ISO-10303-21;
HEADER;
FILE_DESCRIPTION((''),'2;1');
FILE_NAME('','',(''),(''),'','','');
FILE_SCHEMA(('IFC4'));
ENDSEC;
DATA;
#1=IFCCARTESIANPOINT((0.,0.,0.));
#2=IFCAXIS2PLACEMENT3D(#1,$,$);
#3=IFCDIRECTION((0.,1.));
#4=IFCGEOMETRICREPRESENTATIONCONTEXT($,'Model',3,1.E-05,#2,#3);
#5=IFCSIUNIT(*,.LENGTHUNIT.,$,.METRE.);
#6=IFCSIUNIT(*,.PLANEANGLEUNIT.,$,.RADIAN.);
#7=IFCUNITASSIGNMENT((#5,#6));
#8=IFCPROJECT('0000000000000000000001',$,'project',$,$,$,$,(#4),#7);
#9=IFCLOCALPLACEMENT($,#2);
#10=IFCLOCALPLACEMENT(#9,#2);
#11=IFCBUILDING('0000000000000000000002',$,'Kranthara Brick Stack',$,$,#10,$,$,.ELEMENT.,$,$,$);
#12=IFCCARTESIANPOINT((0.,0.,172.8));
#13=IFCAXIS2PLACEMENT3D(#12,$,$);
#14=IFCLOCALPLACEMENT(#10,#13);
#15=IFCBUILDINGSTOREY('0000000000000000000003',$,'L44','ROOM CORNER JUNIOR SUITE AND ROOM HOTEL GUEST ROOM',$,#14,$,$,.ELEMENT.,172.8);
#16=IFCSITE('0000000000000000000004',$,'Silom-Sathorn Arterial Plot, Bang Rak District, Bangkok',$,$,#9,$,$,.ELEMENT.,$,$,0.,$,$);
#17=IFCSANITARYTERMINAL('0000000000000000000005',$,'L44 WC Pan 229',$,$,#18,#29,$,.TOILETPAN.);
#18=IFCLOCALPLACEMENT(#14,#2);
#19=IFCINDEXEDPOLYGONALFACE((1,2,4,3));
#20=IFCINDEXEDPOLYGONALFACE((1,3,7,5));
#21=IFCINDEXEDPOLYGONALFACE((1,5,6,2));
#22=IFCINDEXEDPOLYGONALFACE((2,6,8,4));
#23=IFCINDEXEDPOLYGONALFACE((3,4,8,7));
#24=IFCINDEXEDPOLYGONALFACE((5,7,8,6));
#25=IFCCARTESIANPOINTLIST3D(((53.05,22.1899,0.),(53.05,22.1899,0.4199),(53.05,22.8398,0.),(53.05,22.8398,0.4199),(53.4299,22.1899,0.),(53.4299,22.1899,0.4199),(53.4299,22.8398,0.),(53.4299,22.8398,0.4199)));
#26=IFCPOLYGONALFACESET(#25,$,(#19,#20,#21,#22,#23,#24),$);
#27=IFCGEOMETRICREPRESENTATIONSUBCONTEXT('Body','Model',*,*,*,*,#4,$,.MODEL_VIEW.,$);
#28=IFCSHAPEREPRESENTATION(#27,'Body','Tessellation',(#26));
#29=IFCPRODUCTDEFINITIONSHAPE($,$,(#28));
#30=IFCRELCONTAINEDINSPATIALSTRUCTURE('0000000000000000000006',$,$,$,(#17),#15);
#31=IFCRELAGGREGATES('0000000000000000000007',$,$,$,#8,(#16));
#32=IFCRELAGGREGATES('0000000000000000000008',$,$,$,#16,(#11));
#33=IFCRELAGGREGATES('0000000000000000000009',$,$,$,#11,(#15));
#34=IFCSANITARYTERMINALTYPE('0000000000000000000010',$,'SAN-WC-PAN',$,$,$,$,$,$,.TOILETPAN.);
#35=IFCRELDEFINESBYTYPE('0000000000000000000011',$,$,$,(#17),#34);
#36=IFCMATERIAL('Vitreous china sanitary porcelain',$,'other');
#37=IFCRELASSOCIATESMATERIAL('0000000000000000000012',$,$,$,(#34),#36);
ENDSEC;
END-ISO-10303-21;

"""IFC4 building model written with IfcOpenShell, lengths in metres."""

from ifc_helpers import new_model, si_unit, direction, frame, origin, origin_2d, place, context, subcontext, project, spatial, rectangle, extrude, material, type_object, element, save


model = new_model("IFC4")

# Units and contexts
model_context = context("Model", 3, precision=1e-05, world=origin(), true_north=direction((0.0, 1.0)))
body_context = subcontext(model_context, "Body", "Model", "MODEL_VIEW")
ifc_project = project(units=[si_unit("LENGTHUNIT", "METRE"), si_unit("PLANEANGLEUNIT", "RADIAN")], contexts=[model_context])

# Site, building, storey
site_placement = place(None, origin())
site = spatial("IfcSite", under=ifc_project, at=site_placement, Name="Silom-Sathorn Arterial Plot, Bang Rak District, Bangkok", CompositionType="ELEMENT", RefElevation=0.0)
building_placement = place(site_placement, origin())
building = spatial("IfcBuilding", under=site, at=building_placement, Name="Kranthara Brick Stack", CompositionType="ELEMENT")
storey_placement = place(building_placement, frame((0.0, 0.0, 172.8)))
storey = spatial("IfcBuildingStorey", under=building, at=storey_placement, Name="L44", Description="ROOM CORNER JUNIOR SUITE AND ROOM HOTEL GUEST ROOM", CompositionType="ELEMENT", Elevation=172.8)

# Sanitary terminal
ifc_material_1 = material(Name="Vitreous china sanitary porcelain", Category="other")
sanitary_terminal_type_1 = type_object("IfcSanitaryTerminalType", Name="SAN-WC-PAN", PredefinedType="TOILETPAN", material=ifc_material_1)
sanitary_terminal_1_placement = place(storey_placement, frame((53.24, 22.5149, 0.0), z_axis=(0.0, 0.0, 1.0), x_axis=(1.0, 0.0, 0.0)))
element("IfcSanitaryTerminal", 1, at=sanitary_terminal_1_placement, inside=storey, type_object=sanitary_terminal_type_1, Name="L44 WC Pan 229", PredefinedType="TOILETPAN", context=body_context, shape_type="SweptSolid", body=[
    extrude(rectangle(XDim=0.3799, YDim=0.6499, at=origin_2d()), origin(), (0.0, 0.0, 1.0), 0.4199),
])

save(model, "model.ifc")
